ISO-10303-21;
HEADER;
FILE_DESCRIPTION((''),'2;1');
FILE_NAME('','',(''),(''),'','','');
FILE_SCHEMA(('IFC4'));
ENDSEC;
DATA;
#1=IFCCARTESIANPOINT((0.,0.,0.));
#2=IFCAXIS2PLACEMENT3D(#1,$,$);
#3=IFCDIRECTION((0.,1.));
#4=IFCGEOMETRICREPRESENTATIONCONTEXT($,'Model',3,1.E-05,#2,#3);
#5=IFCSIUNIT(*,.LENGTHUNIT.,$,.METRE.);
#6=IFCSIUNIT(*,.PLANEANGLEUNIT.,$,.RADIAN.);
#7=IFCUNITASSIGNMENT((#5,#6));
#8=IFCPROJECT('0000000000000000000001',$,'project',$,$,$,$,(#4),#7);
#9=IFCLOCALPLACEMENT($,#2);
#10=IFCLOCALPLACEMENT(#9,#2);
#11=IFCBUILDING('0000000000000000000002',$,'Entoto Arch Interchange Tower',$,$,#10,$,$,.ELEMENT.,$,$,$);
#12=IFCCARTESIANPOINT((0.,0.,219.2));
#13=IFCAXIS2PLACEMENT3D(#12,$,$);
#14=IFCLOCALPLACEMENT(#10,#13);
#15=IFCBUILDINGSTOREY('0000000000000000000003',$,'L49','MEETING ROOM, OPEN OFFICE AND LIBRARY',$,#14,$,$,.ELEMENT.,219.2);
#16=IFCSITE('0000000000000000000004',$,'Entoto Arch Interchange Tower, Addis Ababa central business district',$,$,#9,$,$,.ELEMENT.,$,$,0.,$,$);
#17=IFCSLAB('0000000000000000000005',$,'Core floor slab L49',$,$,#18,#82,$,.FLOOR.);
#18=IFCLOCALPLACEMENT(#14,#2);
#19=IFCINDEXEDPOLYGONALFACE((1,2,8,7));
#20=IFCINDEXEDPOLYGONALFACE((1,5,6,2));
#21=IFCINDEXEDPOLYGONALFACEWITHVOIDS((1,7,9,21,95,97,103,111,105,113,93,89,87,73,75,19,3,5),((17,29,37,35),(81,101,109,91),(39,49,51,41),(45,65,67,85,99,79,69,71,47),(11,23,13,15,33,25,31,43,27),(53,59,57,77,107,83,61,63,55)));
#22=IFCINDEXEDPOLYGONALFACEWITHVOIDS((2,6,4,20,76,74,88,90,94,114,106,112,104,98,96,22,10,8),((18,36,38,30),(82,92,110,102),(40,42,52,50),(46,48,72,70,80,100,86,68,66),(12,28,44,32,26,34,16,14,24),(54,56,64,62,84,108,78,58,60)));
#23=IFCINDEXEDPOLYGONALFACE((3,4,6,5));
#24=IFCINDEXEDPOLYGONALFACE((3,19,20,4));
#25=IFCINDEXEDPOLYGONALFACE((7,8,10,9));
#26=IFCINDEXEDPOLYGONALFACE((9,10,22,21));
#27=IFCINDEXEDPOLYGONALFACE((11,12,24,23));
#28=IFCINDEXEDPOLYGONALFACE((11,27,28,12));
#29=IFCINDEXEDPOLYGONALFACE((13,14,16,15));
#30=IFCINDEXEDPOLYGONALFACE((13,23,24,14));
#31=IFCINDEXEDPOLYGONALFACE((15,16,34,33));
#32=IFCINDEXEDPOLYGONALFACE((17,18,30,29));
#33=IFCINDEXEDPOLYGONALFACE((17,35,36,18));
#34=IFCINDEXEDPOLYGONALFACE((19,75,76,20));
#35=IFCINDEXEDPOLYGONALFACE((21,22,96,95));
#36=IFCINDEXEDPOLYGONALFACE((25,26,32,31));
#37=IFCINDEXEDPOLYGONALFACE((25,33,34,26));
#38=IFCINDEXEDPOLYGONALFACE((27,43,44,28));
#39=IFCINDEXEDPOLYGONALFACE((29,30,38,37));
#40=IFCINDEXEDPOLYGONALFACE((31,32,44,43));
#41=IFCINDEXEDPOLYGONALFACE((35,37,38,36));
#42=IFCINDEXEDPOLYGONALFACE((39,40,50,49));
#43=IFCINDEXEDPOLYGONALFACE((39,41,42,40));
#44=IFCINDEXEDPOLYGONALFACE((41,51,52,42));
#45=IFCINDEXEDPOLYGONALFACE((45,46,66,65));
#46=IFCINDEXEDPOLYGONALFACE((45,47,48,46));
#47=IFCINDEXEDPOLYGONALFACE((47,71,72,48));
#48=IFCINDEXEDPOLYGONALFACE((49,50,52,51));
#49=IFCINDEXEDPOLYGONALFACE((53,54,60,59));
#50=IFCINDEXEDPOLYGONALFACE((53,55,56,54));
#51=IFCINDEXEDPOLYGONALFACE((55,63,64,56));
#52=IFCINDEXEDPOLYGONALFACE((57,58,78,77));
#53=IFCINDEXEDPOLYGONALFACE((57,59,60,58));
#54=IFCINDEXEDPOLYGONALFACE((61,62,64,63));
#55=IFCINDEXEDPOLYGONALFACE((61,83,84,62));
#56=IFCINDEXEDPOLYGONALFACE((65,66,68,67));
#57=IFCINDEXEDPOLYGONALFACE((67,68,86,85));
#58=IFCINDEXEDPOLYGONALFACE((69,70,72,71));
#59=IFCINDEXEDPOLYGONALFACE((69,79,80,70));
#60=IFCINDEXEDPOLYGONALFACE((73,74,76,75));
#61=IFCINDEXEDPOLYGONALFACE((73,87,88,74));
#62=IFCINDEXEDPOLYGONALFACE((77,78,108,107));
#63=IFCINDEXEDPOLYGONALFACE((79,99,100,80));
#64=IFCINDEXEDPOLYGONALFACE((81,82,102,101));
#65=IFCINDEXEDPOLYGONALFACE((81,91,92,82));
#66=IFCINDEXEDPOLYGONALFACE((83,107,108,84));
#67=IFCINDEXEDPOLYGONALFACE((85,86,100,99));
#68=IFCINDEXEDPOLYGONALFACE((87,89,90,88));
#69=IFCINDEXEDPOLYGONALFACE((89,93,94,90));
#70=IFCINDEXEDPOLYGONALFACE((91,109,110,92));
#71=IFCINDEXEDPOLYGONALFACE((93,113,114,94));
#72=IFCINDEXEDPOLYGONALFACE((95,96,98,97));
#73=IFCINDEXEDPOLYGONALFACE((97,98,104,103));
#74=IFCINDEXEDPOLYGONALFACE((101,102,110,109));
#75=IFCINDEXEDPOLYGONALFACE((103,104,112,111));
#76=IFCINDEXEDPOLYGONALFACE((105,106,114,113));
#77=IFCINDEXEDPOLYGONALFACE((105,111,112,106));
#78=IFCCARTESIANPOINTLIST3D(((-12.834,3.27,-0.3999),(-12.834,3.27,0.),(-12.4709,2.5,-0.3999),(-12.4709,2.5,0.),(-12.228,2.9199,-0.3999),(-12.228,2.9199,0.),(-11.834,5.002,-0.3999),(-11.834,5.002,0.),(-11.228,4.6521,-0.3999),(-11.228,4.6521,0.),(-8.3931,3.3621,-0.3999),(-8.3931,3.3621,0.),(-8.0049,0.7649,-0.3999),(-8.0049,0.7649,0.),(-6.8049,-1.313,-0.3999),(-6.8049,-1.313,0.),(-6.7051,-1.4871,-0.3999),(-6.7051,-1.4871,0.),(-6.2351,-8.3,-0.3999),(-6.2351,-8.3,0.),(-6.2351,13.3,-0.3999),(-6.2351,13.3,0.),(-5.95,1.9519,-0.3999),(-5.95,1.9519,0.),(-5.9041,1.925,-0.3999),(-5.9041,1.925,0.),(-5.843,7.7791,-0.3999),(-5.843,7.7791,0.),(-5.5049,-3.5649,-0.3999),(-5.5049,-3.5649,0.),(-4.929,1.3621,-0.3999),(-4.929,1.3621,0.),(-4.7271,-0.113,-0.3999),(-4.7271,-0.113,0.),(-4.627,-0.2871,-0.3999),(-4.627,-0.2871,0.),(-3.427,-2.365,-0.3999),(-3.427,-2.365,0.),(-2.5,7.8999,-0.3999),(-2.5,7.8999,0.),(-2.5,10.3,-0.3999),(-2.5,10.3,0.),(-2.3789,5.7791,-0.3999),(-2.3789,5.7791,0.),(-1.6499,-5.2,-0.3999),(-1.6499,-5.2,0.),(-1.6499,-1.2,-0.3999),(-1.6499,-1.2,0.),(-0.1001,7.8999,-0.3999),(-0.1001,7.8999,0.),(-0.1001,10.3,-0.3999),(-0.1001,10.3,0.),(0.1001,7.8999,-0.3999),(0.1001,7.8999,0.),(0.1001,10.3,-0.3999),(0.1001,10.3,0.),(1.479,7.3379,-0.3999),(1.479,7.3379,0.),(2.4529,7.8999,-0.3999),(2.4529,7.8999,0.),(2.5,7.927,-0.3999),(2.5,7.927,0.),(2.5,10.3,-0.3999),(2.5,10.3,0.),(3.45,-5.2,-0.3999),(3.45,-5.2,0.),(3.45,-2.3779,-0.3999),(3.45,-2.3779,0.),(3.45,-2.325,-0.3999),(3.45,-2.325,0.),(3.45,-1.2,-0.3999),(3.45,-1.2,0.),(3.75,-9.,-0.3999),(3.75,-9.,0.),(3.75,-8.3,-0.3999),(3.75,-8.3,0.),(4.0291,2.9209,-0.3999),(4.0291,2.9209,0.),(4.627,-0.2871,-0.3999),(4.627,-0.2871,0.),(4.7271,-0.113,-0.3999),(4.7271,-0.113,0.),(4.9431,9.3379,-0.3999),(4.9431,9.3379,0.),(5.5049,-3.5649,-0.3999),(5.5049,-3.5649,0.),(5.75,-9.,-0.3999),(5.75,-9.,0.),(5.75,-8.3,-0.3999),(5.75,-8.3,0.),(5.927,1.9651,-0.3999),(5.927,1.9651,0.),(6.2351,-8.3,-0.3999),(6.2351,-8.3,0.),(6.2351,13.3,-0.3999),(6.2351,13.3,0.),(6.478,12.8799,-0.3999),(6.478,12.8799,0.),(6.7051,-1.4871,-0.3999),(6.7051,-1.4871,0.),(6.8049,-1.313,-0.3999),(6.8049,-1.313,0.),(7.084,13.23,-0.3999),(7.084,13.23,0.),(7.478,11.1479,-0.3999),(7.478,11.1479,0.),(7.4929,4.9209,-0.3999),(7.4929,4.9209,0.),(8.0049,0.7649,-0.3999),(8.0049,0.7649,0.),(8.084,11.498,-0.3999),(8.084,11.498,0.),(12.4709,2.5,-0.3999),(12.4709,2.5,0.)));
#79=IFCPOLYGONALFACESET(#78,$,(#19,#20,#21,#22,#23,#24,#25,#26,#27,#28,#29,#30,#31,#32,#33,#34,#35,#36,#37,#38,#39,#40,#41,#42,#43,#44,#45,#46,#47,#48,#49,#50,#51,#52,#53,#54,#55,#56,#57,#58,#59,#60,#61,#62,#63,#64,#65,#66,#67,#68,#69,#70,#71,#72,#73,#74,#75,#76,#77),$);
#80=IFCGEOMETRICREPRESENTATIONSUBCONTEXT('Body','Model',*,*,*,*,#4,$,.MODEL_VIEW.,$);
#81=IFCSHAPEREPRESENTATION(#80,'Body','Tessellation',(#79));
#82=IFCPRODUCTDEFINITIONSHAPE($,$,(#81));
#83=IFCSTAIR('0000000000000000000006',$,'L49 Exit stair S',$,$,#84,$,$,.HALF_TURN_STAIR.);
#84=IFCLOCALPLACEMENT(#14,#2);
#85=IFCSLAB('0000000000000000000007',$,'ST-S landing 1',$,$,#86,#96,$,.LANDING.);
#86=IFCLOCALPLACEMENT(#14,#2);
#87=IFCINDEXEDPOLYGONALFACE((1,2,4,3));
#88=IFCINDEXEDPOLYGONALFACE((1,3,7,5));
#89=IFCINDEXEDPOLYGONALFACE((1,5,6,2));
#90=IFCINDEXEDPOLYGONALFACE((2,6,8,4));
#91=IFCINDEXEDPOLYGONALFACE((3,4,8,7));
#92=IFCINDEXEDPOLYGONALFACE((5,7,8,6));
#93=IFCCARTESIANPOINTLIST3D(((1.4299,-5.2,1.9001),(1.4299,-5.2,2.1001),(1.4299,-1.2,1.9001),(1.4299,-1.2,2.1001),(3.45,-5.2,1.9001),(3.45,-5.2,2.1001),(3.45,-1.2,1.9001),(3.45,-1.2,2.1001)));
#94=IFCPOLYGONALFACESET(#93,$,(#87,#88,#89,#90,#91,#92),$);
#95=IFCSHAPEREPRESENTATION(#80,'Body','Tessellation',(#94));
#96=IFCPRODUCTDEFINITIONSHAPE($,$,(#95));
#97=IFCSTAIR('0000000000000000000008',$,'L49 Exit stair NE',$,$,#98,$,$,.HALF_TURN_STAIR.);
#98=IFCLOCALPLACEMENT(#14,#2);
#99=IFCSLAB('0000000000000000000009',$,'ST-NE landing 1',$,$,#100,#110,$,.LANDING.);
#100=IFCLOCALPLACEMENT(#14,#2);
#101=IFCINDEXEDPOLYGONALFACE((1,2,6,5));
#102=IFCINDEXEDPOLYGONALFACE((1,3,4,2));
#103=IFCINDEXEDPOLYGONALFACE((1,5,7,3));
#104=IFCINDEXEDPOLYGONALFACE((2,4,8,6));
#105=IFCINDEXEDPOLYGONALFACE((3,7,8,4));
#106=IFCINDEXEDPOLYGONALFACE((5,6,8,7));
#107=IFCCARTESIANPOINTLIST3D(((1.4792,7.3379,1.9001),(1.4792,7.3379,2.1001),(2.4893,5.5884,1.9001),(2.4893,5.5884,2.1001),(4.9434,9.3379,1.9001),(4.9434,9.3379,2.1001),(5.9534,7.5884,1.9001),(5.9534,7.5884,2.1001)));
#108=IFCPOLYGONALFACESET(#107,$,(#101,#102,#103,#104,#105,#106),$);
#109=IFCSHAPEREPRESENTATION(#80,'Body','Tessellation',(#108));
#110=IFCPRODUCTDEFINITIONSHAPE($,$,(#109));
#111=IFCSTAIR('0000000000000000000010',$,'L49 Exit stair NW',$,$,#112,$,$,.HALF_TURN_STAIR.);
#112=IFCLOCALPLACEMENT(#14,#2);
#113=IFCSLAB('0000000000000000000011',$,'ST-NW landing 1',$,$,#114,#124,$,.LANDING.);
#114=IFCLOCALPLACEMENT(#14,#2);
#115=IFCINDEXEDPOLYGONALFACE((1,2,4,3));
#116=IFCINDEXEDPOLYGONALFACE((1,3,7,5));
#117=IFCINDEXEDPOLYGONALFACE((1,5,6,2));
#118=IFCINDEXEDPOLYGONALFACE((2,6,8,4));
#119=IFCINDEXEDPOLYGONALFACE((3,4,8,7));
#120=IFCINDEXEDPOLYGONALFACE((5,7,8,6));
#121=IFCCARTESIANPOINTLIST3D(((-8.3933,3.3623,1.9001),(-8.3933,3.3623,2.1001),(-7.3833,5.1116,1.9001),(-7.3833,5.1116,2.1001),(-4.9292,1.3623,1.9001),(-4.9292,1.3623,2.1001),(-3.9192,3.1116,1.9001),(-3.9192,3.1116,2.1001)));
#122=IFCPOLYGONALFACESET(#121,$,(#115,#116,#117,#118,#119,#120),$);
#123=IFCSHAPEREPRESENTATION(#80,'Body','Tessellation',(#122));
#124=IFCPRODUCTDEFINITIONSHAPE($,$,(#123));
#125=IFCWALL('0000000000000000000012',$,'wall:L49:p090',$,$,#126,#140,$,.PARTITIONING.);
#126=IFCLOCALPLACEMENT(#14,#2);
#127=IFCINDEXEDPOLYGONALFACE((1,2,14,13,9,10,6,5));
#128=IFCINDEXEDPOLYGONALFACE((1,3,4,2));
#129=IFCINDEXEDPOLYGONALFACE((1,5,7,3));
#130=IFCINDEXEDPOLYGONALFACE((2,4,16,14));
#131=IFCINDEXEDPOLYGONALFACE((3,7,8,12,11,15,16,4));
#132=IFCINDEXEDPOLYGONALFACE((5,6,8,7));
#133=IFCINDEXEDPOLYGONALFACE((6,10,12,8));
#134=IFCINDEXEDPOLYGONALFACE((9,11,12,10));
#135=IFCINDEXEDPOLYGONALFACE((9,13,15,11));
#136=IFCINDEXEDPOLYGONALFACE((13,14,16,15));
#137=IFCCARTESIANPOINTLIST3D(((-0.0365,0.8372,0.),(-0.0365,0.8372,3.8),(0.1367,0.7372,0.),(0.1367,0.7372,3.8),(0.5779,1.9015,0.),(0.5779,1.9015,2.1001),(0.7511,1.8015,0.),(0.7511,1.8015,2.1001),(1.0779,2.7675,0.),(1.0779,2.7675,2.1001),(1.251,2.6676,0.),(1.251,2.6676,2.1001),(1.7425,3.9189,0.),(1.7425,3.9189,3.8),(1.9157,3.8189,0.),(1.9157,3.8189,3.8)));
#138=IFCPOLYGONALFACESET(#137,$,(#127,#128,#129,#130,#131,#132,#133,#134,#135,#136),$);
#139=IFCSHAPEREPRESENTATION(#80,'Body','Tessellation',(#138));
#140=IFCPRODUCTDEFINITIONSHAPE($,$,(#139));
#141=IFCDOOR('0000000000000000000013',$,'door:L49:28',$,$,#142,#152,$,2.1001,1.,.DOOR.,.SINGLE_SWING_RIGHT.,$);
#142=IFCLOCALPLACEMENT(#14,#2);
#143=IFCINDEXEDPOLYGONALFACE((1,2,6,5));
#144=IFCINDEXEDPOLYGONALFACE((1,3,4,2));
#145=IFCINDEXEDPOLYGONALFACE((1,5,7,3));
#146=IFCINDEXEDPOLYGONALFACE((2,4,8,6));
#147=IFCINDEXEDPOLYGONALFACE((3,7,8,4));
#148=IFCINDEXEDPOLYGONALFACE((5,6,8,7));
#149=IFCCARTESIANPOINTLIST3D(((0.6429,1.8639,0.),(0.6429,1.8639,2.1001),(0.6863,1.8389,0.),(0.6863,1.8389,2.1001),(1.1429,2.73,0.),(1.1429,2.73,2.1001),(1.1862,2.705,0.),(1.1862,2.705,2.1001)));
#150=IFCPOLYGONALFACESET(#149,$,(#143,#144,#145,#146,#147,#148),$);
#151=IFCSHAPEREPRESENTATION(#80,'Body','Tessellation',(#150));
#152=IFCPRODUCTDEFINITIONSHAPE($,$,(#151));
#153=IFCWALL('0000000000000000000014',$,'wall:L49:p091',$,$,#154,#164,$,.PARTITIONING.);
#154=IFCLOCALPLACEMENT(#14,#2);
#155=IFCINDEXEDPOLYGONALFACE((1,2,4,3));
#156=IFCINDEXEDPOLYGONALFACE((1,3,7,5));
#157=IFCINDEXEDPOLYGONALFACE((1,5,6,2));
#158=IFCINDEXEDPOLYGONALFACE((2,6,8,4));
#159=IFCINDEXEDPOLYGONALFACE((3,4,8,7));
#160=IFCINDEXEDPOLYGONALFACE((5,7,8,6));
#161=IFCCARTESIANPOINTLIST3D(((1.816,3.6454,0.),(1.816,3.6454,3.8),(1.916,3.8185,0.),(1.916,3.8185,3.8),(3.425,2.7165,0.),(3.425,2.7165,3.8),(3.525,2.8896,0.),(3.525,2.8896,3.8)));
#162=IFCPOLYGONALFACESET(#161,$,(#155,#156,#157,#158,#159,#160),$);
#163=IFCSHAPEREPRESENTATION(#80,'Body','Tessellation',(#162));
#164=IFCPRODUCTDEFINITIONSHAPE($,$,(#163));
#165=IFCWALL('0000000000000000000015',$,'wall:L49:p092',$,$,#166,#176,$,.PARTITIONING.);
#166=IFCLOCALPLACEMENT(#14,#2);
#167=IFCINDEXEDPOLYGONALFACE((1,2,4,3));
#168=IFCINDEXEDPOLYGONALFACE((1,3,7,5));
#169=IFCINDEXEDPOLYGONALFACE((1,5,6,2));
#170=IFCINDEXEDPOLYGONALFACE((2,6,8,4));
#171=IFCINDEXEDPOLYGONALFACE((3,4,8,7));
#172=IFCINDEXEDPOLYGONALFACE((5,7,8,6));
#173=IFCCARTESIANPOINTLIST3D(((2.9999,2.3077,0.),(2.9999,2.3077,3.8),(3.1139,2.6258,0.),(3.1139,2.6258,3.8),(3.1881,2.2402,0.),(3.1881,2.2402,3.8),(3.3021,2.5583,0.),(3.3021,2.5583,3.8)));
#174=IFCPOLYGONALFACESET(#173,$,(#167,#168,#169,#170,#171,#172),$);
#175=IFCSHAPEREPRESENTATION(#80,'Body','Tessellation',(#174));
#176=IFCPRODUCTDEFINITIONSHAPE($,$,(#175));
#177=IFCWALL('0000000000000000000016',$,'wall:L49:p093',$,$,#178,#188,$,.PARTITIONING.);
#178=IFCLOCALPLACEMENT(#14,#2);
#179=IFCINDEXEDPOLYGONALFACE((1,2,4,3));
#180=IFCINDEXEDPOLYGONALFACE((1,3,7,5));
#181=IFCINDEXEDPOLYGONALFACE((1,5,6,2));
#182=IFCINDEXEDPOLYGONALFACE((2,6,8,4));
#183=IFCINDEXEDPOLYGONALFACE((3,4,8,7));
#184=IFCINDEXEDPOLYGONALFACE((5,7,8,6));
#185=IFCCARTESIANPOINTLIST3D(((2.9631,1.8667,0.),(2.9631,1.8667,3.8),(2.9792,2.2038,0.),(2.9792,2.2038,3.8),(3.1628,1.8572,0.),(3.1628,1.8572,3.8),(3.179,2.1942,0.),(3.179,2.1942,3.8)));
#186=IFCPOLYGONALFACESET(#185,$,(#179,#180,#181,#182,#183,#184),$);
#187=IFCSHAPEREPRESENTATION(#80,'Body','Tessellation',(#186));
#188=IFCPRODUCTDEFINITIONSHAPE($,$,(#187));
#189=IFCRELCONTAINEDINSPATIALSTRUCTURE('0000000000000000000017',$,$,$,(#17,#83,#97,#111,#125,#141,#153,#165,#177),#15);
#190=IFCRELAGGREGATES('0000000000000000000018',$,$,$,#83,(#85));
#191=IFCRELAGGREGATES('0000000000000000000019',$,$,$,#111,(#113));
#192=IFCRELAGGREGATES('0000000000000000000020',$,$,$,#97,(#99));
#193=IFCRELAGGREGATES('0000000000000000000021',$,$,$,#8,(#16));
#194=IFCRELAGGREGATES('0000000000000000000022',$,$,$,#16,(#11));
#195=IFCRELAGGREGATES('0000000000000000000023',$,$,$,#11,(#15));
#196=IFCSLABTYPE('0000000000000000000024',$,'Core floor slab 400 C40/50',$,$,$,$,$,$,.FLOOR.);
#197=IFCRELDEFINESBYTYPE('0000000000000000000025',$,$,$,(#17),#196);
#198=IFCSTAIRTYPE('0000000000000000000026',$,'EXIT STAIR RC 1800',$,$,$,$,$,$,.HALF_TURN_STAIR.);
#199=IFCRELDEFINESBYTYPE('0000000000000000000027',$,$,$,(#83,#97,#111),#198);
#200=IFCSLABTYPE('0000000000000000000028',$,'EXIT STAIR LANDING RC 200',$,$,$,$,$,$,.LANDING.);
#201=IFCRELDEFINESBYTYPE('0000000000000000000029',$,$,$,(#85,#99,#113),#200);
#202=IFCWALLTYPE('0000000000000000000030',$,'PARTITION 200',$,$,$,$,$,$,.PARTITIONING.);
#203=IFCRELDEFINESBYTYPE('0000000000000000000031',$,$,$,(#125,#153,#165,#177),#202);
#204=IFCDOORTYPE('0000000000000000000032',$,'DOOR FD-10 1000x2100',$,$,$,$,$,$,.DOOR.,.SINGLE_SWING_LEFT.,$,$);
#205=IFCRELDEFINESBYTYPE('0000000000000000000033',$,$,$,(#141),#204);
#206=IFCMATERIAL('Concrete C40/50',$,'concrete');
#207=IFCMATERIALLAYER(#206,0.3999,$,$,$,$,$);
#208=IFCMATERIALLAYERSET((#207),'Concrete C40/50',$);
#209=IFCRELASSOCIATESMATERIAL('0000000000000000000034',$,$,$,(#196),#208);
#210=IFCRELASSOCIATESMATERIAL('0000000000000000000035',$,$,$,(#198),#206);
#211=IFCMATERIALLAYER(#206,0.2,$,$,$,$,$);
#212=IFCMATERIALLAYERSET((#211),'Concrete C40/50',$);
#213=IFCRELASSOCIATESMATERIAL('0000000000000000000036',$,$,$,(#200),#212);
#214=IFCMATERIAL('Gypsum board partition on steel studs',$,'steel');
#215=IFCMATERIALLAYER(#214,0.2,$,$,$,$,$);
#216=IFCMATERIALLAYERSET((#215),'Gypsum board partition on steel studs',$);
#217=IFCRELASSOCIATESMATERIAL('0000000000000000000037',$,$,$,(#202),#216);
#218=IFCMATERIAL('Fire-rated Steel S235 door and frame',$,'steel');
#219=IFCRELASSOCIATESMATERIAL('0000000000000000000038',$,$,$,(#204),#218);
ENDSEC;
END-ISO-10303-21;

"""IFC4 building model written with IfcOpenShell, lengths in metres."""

from ifc_helpers import new_model, si_unit, direction, frame, frame_2d, origin, place, context, subcontext, project, spatial, polyline, rectangle, outline, extrude, material, layer, layer_set, type_object, element, fill, aggregate, save


model = new_model("IFC4")

# Units and contexts
model_context = context("Model", 3, precision=1e-05, world=origin(), true_north=direction((0.0, 1.0)))
body_context = subcontext(model_context, "Body", "Model", "MODEL_VIEW")
ifc_project = project(units=[si_unit("LENGTHUNIT", "METRE"), si_unit("PLANEANGLEUNIT", "RADIAN")], contexts=[model_context])

# Site, building, storey
site_placement = place(None, origin())
site = spatial("IfcSite", under=ifc_project, at=site_placement, Name="Entoto Arch Interchange Tower, Addis Ababa central business district", CompositionType="ELEMENT", RefElevation=0.0)
building_placement = place(site_placement, origin())
building = spatial("IfcBuilding", under=site, at=building_placement, Name="Entoto Arch Interchange Tower", CompositionType="ELEMENT")
storey_placement = place(building_placement, frame((0.0, 0.0, 219.2)))
storey = spatial("IfcBuildingStorey", under=building, at=storey_placement, Name="L49", Description="MEETING ROOM, OPEN OFFICE AND LIBRARY", CompositionType="ELEMENT", Elevation=219.2)

# Slab
ifc_material_1 = material(Name="Concrete C40/50", Category="concrete")
ifc_layer_1 = layer(ifc_material_1, 0.3999)
ifc_layer_set_1 = layer_set([ifc_layer_1], Name="Concrete C40/50")
slab_type_1 = type_object("IfcSlabType", Name="Core floor slab 400 C40/50", PredefinedType="FLOOR", material=ifc_layer_set_1)
slab_1_placement = place(storey_placement, frame((0.0, 0.0, -0.3999)))
element("IfcSlab", 1, at=slab_1_placement, inside=storey, type_object=slab_type_1, Name="Core floor slab L49", PredefinedType="FLOOR", context=body_context, shape_type="SweptSolid", body=[
    extrude(outline(polyline([(5.75, -9.0), (3.75, -9.0), (3.75, -8.3), (-6.2351, -8.3), (-12.4709, 2.5), (-12.228, 2.9199), (-12.834, 3.27), (-11.834, 5.002), (-11.228, 4.6521), (-6.2351, 13.3), (6.2351, 13.3), (6.478, 12.8799), (7.084, 13.23), (8.084, 11.498), (7.478, 11.1479), (12.4709, 2.5), (6.2351, -8.3), (5.75, -8.3), (5.75, -9.0)]), holes=[polyline([(-1.6499, -5.2), (3.45, -5.2), (3.45, -2.3779), (5.5049, -3.5649), (6.7051, -1.4871), (4.627, -0.2871), (3.45, -2.325), (3.45, -1.2), (-1.6499, -1.2), (-1.6499, -5.2)]), polyline([(-4.627, -0.2871), (-6.7051, -1.4871), (-5.5049, -3.5649), (-3.427, -2.365), (-4.627, -0.2871)]), polyline([(-5.9041, 1.925), (-4.929, 1.3621), (-2.3789, 5.7791), (-5.843, 7.7791), (-8.3931, 3.3621), (-5.95, 1.9519), (-8.0049, 0.7649), (-6.8049, -1.313), (-4.7271, -0.113), (-5.9041, 1.925)]), polyline([(4.7271, -0.113), (6.8049, -1.313), (8.0049, 0.7649), (5.927, 1.9651), (4.7271, -0.113)]), polyline([(2.5, 7.927), (2.5, 10.3), (0.1001, 10.3), (0.1001, 7.8999), (2.4529, 7.8999), (1.479, 7.3379), (4.0291, 2.9209), (7.4929, 4.9209), (4.9431, 9.3379), (2.5, 7.927)]), polyline([(-2.5, 7.8999), (-0.1001, 7.8999), (-0.1001, 10.3), (-2.5, 10.3), (-2.5, 7.8999)])]), origin(), (0.0, 0.0, 1.0), 0.3999),
])

# Stairs, slabs
stair_type = type_object("IfcStairType", Name="EXIT STAIR RC 1800", PredefinedType="HALF_TURN_STAIR", material=ifc_material_1)
stair_1_placement = place(storey_placement, origin())
stair_1 = element("IfcStair", 2, at=stair_1_placement, inside=storey, type_object=stair_type, Name="L49 Exit stair S", PredefinedType="HALF_TURN_STAIR")
ifc_layer_2 = layer(ifc_material_1, 0.2)
ifc_layer_set_2 = layer_set([ifc_layer_2], Name="Concrete C40/50")
slab_type_2 = type_object("IfcSlabType", Name="EXIT STAIR LANDING RC 200", PredefinedType="LANDING", material=ifc_layer_set_2)
slab_2_placement = place(storey_placement, frame((0.0, 0.0, 1.9001)))
slab_2 = element("IfcSlab", 3, at=slab_2_placement, type_object=slab_type_2, Name="ST-S landing 1", PredefinedType="LANDING", context=body_context, shape_type="SweptSolid", body=[
    extrude(outline(polyline([(1.4299, -5.2), (3.45, -5.2), (3.45, -1.2), (1.4299, -1.2), (1.4299, -5.2)])), origin(), (0.0, 0.0, 1.0), 0.2),
])
aggregate(stair_1, [slab_2])
stair_2_placement = place(storey_placement, origin())
stair_2 = element("IfcStair", 4, at=stair_2_placement, inside=storey, type_object=stair_type, Name="L49 Exit stair NE", PredefinedType="HALF_TURN_STAIR")
slab_3_placement = place(storey_placement, frame((0.0, 0.0, 1.9001)))
slab_3 = element("IfcSlab", 5, at=slab_3_placement, type_object=slab_type_2, Name="ST-NE landing 1", PredefinedType="LANDING", context=body_context, shape_type="SweptSolid", body=[
    extrude(outline(polyline([(5.9534, 7.5884), (4.9434, 9.3379), (1.4792, 7.3379), (2.4893, 5.5884), (5.9534, 7.5884)])), origin(), (0.0, 0.0, 1.0), 0.2),
])
stair_3_placement = place(storey_placement, origin())
stair_3 = element("IfcStair", 6, at=stair_3_placement, inside=storey, type_object=stair_type, Name="L49 Exit stair NW", PredefinedType="HALF_TURN_STAIR")
slab_4_placement = place(storey_placement, frame((0.0, 0.0, 1.9001)))
slab_4 = element("IfcSlab", 7, at=slab_4_placement, type_object=slab_type_2, Name="ST-NW landing 1", PredefinedType="LANDING", context=body_context, shape_type="SweptSolid", body=[
    extrude(outline(polyline([(-7.3833, 5.1116), (-8.3933, 3.3623), (-4.9292, 1.3623), (-3.9192, 3.1116), (-7.3833, 5.1116)])), origin(), (0.0, 0.0, 1.0), 0.2),
])
aggregate(stair_3, [slab_4])

# Wall, opening, door
ifc_material_2 = material(Name="Gypsum board partition on steel studs", Category="steel")
ifc_layer_3 = layer(ifc_material_2, 0.2)
ifc_layer_set_3 = layer_set([ifc_layer_3], Name="Gypsum board partition on steel studs")
wall_type_1 = type_object("IfcWallType", Name="PARTITION 200", PredefinedType="PARTITIONING", material=ifc_layer_set_3)
wall_1_placement = place(storey_placement, frame((0.05, 0.7871, 0.0), z_axis=(0.0, 0.0, 1.0), x_axis=(0.499954, 0.866052, 0.0)))
wall_1 = element("IfcWall", 8, at=wall_1_placement, inside=storey, type_object=wall_type_1, Name="wall:L49:p090", PredefinedType="PARTITIONING", context=body_context, shape_type="SweptSolid", body=[
    extrude(rectangle(XDim=3.5583, YDim=0.2, at=frame_2d((1.7793, 0.0))), origin(), (0.0, 0.0, 1.0), 3.8),
])
opening_placement = place(wall_1_placement, frame((1.229, 0.0, 0.0)))
opening = element("IfcOpeningElement", 9, at=opening_placement, cuts=wall_1, PredefinedType="OPENING", context=body_context, shape_type="SweptSolid", body=[
    extrude(rectangle(XDim=1.0, YDim=2.1001, at=frame_2d((0.5, 1.05))), frame((0.0, 0.1099, 0.0), z_axis=(0.0, -1.0, 0.0), x_axis=(1.0, 0.0, 0.0)), (0.0, 0.0, 1.0), 0.22),
])
ifc_material_3 = material(Name="Fire-rated Steel S235 door and frame", Category="steel")
door_type = type_object("IfcDoorType", Name="DOOR FD-10 1000x2100", OperationType="SINGLE_SWING_LEFT", PredefinedType="DOOR", material=ifc_material_3)
door_placement = place(opening_placement, origin())
door = element("IfcDoor", 10, at=door_placement, inside=storey, type_object=door_type, Name="door:L49:28", OperationType="SINGLE_SWING_RIGHT", OverallHeight=2.1001, OverallWidth=1.0, PredefinedType="DOOR", context=body_context, shape_type="SweptSolid", body=[
    extrude(rectangle(XDim=1.0, YDim=2.1001, at=frame_2d((0.5, 1.05))), frame((0.0, 0.0249, 0.0), z_axis=(0.0, -1.0, 0.0), x_axis=(1.0, 0.0, 0.0)), (0.0, 0.0, 1.0), 0.05),
])
fill(opening, door)

# Walls
wall_2_placement = place(storey_placement, frame((1.866, 3.7319, 0.0), z_axis=(0.0, 0.0, 1.0), x_axis=(0.866043, -0.499969, 0.0)))
element("IfcWall", 11, at=wall_2_placement, inside=storey, type_object=wall_type_1, Name="wall:L49:p091", PredefinedType="PARTITIONING", context=body_context, shape_type="SweptSolid", body=[
    extrude(rectangle(XDim=1.8579, YDim=0.2, at=frame_2d((0.929, 0.0))), origin(), (0.0, 0.0, 1.0), 3.8),
])
wall_3_placement = place(storey_placement, frame((3.208, 2.592, 0.0), z_axis=(0.0, 0.0, 1.0), x_axis=(-0.337389, -0.941365, 0.0)))
element("IfcWall", 12, at=wall_3_placement, inside=storey, type_object=wall_type_1, Name="wall:L49:p092", PredefinedType="PARTITIONING", context=body_context, shape_type="SweptSolid", body=[
    extrude(rectangle(XDim=0.3379, YDim=0.2, at=frame_2d((0.1689, 0.0))), origin(), (0.0, 0.0, 1.0), 3.8),
])
wall_4_placement = place(storey_placement, frame((3.0791, 2.199, 0.0), z_axis=(0.0, 0.0, 1.0), x_axis=(-0.047771, -0.998858, 0.0)))
element("IfcWall", 13, at=wall_4_placement, inside=storey, type_object=wall_type_1, Name="wall:L49:p093", PredefinedType="PARTITIONING", context=body_context, shape_type="SweptSolid", body=[
    extrude(rectangle(XDim=0.3374, YDim=0.2, at=frame_2d((0.1687, 0.0))), origin(), (0.0, 0.0, 1.0), 3.8),
])

aggregate(stair_2, [slab_3])

save(model, "model.ifc")
